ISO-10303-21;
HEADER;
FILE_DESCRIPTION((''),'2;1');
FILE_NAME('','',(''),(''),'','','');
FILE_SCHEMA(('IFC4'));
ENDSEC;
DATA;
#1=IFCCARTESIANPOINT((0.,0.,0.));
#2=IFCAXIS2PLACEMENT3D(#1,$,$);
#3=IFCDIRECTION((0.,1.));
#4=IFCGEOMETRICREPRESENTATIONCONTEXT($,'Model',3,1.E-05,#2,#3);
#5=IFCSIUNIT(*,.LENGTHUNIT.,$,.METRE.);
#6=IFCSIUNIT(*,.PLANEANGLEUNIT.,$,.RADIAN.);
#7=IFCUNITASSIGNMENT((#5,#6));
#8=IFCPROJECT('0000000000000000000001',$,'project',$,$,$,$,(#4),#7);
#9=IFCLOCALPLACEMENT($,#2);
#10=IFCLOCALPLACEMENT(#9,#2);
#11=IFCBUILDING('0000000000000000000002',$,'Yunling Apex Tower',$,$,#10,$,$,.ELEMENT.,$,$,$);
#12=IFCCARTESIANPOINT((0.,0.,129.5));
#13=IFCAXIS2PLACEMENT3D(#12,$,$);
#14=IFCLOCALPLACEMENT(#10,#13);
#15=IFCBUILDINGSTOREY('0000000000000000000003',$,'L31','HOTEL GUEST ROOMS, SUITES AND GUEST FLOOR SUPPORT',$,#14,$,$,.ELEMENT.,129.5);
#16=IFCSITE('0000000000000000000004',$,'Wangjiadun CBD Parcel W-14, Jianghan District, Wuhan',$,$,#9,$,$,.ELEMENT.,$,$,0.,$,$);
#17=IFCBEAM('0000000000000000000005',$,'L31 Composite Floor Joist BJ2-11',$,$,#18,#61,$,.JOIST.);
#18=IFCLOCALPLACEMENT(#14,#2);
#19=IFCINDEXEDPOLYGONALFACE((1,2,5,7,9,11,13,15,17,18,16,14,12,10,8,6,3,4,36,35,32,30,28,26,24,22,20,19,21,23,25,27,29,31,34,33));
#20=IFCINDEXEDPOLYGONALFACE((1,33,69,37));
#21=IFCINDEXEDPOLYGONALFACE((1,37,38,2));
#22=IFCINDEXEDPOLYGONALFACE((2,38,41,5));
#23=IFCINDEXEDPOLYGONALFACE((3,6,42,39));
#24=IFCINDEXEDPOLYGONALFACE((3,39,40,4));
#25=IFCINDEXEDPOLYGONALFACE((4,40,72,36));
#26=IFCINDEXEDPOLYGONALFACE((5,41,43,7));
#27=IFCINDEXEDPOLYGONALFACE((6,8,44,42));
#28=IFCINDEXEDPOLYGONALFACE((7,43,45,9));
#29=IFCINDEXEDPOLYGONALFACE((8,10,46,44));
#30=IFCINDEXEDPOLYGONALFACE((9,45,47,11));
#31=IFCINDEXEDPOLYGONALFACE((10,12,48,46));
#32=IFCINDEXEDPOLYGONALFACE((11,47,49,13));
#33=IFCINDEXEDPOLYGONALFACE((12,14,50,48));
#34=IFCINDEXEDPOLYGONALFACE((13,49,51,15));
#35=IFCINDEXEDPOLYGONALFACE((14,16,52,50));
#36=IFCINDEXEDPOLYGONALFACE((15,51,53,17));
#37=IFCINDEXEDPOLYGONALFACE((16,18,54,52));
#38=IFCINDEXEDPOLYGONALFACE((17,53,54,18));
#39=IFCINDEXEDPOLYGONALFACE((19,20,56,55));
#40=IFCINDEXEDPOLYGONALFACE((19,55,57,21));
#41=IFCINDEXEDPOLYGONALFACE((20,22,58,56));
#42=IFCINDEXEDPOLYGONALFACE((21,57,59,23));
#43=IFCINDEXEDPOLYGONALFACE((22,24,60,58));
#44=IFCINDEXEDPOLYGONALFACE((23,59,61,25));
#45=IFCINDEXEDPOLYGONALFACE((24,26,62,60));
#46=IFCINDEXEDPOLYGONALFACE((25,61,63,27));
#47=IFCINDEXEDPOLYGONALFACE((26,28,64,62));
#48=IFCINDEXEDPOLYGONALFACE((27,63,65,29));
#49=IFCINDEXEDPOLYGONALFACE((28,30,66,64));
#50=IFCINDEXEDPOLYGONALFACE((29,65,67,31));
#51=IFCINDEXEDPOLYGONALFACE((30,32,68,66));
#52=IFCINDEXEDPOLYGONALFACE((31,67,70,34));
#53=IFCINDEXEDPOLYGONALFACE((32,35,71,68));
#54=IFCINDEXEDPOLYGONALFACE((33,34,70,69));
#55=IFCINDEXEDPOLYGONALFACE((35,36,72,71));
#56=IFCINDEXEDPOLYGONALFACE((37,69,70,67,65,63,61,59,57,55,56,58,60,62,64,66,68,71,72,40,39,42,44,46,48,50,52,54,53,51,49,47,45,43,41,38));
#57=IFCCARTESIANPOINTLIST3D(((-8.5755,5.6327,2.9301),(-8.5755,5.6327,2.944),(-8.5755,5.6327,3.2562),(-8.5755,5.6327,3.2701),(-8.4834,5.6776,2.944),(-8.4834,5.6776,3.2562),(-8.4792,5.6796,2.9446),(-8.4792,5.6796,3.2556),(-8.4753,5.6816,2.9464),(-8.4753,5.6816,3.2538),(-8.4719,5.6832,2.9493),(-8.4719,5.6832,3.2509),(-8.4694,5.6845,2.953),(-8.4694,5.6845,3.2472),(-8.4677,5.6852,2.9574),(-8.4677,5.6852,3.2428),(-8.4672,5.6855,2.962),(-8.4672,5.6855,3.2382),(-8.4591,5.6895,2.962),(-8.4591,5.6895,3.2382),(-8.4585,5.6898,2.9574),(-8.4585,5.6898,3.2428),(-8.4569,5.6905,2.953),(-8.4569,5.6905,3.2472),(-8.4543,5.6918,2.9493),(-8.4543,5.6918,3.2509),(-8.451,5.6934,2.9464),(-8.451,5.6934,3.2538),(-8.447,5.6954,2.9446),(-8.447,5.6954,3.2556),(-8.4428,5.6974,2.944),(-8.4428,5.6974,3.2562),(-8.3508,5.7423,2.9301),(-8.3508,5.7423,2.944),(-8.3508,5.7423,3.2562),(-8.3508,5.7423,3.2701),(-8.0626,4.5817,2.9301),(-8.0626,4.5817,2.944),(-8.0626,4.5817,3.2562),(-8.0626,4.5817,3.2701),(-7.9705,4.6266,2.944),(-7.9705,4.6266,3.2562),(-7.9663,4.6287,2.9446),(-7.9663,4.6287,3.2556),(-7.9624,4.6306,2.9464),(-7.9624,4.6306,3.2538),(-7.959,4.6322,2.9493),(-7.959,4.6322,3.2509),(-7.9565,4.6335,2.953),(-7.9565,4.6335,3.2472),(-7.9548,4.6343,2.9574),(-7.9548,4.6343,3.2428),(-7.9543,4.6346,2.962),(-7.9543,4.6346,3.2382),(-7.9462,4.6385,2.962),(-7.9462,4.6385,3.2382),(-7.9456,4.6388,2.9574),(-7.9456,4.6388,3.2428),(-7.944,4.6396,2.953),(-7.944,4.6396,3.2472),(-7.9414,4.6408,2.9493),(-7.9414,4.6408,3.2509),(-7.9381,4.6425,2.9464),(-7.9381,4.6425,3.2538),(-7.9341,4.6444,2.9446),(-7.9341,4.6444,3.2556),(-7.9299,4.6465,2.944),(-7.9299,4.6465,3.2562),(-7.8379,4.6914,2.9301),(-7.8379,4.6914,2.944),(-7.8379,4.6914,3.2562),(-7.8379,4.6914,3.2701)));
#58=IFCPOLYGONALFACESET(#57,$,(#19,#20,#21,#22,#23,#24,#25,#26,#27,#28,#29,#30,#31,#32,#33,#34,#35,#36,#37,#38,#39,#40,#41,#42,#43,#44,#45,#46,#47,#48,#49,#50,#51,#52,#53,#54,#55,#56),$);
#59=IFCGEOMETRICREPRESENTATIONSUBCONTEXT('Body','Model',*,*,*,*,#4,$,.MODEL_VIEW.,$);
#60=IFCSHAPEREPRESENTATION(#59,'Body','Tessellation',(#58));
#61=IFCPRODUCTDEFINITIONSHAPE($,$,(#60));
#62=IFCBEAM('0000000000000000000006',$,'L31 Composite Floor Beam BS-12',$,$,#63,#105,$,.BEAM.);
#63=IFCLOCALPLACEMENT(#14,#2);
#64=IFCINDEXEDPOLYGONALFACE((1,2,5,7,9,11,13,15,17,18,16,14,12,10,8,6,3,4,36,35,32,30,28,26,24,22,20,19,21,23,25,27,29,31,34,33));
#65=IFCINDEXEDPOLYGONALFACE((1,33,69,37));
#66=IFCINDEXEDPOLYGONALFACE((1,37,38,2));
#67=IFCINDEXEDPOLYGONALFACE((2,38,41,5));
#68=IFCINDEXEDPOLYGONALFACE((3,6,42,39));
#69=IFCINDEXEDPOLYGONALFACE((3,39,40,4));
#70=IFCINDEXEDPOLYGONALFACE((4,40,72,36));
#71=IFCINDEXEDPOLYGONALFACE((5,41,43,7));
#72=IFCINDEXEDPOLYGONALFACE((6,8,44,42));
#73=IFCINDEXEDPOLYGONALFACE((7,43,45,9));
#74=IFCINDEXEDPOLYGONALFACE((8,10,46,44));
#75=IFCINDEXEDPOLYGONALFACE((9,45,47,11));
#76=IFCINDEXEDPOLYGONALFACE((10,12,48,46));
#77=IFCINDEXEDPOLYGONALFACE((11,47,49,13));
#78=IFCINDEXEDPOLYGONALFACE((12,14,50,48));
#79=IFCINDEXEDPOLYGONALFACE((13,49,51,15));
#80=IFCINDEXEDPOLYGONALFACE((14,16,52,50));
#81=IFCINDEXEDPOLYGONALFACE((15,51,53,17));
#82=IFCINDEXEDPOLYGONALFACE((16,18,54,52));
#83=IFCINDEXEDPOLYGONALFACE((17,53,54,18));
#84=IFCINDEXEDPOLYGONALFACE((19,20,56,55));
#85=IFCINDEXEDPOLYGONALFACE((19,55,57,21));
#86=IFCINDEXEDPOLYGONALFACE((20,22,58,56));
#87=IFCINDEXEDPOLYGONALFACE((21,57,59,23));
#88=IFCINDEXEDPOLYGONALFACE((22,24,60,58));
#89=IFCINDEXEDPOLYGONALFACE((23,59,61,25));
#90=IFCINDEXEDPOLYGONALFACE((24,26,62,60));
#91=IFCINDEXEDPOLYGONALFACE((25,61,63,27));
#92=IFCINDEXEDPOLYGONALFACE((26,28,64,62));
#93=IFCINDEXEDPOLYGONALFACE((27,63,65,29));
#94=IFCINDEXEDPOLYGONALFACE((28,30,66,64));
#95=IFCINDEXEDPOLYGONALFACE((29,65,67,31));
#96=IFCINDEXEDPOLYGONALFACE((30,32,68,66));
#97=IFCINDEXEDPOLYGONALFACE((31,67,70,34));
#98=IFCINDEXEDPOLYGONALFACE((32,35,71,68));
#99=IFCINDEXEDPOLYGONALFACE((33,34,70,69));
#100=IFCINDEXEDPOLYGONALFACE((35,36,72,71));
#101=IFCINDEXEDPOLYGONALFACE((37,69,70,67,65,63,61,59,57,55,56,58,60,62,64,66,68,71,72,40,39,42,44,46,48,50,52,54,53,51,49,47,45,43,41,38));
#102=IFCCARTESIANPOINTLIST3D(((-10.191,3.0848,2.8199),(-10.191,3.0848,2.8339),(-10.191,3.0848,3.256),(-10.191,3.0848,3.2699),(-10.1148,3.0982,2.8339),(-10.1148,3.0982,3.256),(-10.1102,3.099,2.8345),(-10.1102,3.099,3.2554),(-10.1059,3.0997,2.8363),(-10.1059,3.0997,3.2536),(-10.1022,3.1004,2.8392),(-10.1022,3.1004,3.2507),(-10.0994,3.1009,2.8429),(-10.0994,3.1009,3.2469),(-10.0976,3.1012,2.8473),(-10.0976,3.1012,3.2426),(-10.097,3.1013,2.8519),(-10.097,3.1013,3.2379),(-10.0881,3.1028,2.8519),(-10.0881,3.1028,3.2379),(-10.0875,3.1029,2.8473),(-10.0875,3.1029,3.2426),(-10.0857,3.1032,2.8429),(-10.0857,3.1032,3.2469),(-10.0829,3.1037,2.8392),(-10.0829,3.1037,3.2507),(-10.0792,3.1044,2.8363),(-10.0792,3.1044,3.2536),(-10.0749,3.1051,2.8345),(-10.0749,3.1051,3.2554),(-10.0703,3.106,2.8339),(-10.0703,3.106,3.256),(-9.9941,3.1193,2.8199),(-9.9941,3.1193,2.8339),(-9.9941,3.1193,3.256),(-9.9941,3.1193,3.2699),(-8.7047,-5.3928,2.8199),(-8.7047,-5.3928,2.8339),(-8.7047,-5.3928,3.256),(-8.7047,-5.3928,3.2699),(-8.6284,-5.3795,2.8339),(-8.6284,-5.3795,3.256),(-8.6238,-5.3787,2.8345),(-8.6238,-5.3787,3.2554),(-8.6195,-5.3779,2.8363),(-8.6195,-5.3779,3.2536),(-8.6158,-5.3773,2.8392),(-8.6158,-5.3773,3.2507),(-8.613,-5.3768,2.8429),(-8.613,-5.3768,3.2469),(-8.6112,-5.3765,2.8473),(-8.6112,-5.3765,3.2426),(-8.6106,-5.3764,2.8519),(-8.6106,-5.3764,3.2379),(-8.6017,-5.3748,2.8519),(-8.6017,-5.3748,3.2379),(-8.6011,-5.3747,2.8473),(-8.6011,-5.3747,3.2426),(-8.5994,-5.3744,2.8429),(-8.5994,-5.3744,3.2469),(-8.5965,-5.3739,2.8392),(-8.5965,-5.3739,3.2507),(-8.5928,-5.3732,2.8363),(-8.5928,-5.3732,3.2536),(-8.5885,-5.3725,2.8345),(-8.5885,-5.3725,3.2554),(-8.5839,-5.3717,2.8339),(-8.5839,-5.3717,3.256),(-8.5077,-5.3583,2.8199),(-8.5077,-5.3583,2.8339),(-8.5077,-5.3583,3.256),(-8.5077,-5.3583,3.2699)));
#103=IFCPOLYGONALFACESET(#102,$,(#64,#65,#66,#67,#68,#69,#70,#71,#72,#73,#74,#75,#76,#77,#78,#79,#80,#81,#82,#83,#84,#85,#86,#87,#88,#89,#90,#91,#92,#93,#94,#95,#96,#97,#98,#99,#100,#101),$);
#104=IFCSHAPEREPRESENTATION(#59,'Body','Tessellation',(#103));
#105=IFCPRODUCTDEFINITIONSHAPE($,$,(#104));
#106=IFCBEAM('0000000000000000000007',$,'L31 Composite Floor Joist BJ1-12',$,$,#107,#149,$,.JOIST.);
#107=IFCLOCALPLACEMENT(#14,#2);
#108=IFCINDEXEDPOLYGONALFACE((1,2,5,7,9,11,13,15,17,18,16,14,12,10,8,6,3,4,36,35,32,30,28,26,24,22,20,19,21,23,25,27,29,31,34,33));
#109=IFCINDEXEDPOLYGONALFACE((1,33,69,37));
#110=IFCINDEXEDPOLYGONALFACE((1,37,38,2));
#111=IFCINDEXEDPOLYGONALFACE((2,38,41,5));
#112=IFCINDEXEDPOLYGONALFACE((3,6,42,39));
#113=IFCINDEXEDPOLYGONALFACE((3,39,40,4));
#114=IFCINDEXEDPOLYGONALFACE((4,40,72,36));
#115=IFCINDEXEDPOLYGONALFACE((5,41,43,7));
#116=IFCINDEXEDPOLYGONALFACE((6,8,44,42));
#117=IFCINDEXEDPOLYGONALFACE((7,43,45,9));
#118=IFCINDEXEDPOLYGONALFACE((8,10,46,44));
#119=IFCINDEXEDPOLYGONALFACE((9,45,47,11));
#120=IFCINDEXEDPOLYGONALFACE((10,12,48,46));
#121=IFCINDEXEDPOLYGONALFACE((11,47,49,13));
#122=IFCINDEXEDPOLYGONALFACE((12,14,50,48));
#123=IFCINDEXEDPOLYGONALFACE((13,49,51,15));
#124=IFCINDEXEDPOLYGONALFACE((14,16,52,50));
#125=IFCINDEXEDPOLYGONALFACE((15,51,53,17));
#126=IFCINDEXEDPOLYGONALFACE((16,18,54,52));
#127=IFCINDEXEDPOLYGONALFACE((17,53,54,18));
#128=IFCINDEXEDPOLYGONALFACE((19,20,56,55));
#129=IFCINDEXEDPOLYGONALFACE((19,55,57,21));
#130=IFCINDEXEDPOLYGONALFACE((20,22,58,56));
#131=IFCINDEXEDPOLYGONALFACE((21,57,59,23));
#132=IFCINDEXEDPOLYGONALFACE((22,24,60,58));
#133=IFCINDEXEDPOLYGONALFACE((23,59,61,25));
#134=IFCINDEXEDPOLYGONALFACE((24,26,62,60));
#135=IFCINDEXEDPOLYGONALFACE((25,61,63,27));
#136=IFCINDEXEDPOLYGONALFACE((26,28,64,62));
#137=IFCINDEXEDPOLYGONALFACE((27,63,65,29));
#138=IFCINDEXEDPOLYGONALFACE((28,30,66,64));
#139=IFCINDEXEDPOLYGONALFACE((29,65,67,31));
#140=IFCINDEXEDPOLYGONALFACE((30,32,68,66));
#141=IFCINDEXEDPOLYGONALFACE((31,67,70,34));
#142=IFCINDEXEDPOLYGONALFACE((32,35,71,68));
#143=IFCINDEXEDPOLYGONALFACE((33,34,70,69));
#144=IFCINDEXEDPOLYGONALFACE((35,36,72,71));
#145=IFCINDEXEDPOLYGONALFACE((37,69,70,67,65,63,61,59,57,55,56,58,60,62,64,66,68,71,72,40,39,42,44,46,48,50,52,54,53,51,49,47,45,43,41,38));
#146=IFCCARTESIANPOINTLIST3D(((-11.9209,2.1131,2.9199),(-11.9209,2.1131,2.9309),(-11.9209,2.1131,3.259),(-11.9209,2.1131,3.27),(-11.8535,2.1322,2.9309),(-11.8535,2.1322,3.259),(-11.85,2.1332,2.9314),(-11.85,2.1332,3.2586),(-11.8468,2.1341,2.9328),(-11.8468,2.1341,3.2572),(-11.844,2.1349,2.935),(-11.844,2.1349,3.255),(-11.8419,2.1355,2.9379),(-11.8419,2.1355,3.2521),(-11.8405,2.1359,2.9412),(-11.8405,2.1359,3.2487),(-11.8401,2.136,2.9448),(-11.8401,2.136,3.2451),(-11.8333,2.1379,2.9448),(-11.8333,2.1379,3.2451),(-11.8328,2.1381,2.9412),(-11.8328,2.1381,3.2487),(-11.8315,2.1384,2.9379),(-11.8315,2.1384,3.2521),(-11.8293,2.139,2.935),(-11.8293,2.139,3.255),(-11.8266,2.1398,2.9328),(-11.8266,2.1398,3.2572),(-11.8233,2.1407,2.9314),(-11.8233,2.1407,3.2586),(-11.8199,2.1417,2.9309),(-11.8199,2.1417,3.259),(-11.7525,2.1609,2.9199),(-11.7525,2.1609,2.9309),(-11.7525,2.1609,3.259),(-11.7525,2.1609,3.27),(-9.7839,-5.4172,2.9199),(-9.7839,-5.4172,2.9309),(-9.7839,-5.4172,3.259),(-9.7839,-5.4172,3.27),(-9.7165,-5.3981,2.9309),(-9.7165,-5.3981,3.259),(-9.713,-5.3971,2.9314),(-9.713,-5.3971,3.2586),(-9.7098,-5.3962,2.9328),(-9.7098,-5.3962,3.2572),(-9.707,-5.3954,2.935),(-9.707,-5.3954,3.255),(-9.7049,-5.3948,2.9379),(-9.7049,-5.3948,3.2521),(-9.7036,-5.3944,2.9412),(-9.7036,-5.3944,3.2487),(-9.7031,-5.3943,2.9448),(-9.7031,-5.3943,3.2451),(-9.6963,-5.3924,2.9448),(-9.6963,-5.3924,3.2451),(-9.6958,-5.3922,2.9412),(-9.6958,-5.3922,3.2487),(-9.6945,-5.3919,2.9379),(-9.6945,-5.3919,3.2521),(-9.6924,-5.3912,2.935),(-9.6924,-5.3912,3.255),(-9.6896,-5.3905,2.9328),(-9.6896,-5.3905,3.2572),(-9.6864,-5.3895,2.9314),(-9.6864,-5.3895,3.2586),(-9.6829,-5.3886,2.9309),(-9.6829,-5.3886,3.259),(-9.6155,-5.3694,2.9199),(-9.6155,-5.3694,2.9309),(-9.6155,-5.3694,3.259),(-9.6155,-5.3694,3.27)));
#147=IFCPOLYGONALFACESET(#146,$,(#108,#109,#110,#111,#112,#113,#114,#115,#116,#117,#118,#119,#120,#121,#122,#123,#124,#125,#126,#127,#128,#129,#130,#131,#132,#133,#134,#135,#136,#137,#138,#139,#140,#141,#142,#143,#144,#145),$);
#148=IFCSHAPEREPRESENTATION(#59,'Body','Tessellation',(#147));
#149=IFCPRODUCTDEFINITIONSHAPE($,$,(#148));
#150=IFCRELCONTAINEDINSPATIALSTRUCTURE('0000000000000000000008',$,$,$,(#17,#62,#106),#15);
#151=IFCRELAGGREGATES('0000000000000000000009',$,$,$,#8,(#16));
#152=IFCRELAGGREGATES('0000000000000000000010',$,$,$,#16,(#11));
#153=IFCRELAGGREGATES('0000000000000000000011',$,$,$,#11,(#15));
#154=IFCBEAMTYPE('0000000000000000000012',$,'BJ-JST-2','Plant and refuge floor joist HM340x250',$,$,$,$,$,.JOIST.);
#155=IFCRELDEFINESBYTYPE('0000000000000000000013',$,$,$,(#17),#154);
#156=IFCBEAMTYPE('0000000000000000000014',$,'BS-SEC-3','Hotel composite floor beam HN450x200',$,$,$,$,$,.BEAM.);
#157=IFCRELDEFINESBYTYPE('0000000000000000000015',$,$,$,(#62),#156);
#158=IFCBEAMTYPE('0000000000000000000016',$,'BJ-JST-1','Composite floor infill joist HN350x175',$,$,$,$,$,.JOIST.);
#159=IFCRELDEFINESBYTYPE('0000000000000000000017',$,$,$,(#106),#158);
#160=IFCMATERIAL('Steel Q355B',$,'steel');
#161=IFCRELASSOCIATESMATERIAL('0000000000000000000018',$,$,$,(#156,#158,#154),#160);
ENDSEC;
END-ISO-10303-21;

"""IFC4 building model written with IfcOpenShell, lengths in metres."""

from ifc_helpers import new_model, si_unit, direction, frame, origin, origin_2d, place, context, subcontext, project, spatial, i_section, extrude, source, transform, mapped, material, material_profile, profile_set, type_object, element, save


model = new_model("IFC4")

# Units and contexts
model_context = context("Model", 3, precision=1e-05, world=origin(), true_north=direction((0.0, 1.0)))
body_context = subcontext(model_context, "Body", "Model", "MODEL_VIEW")
ifc_project = project(units=[si_unit("LENGTHUNIT", "METRE"), si_unit("PLANEANGLEUNIT", "RADIAN")], contexts=[model_context])

# Site, building, storey
site_placement = place(None, origin())
site = spatial("IfcSite", under=ifc_project, at=site_placement, Name="Wangjiadun CBD Parcel W-14, Jianghan District, Wuhan", CompositionType="ELEMENT", RefElevation=0.0)
building_placement = place(site_placement, origin())
building = spatial("IfcBuilding", under=site, at=building_placement, Name="Yunling Apex Tower", CompositionType="ELEMENT")
storey_placement = place(building_placement, frame((0.0, 0.0, 129.5)))
storey = spatial("IfcBuildingStorey", under=building, at=storey_placement, Name="L31", Description="HOTEL GUEST ROOMS, SUITES AND GUEST FLOOR SUPPORT", CompositionType="ELEMENT", Elevation=129.5)

# Beams
ifc_material_1 = material(Name="Steel Q355B", Category="steel")
ifc_material_profile_1 = material_profile(ifc_material_1, i_section(OverallWidth=0.2, OverallDepth=0.45, WebThickness=0.009, FlangeThickness=0.0139, FilletRadius=0.0181, at=origin_2d()))
ifc_profile_set_1 = profile_set([ifc_material_profile_1], Name="Steel Q355B")
beam_type_1 = type_object("IfcBeamType", Name="BS-SEC-3", Description="Hotel composite floor beam HN450x200", PredefinedType="BEAM", material=ifc_profile_set_1)
ifc_material_profile_2 = material_profile(ifc_material_1, i_section(OverallWidth=0.175, OverallDepth=0.3501, WebThickness=0.0071, FlangeThickness=0.011, FilletRadius=0.0139, at=origin_2d()))
ifc_profile_set_2 = profile_set([ifc_material_profile_2], Name="Steel Q355B")
beam_type_2 = type_object("IfcBeamType", Name="BJ-JST-1", Description="Composite floor infill joist HN350x175", PredefinedType="JOIST", material=ifc_profile_set_2)
ifc_material_profile_3 = material_profile(ifc_material_1, i_section(OverallWidth=0.25, OverallDepth=0.3401, WebThickness=0.009, FlangeThickness=0.0139, FilletRadius=0.0181, at=origin_2d()))
ifc_profile_set_3 = profile_set([ifc_material_profile_3], Name="Steel Q355B")
beam_type_3 = type_object("IfcBeamType", Name="BJ-JST-2", Description="Plant and refuge floor joist HM340x250", PredefinedType="JOIST", material=ifc_profile_set_3)
shared_shape_1 = source(origin(), body_context, "Body", "SweptSolid", [
    extrude(i_section(OverallWidth=0.25, OverallDepth=0.3401, WebThickness=0.009, FlangeThickness=0.0139, FilletRadius=0.0181, at=origin_2d()), origin(), (0.0, 0.0, 1.0), 1.1694),
])
beam_1_placement = place(storey_placement, frame((-8.4631, 5.6875, 3.1001), z_axis=(0.438592, -0.898686, 0.0), x_axis=(0.898686, 0.438592, 0.0)))
element("IfcBeam", 1, at=beam_1_placement, inside=storey, type_object=beam_type_3, Name="L31 Composite Floor Joist BJ2-11", PredefinedType="JOIST", context=body_context, shape_type="MappedRepresentation", body=[
    mapped(shared_shape_1, transform((0.0, 0.0, 0.0), scale=1.0)),
])
shared_shape_2 = source(origin(), body_context, "Body", "SweptSolid", [
    extrude(i_section(OverallWidth=0.2, OverallDepth=0.45, WebThickness=0.009, FlangeThickness=0.0139, FilletRadius=0.0181, at=origin_2d()), origin(), (0.0, 0.0, 1.0), 8.6069),
])
beam_2_placement = place(storey_placement, frame((-10.0925, 3.1021, 3.0449), z_axis=(0.172691, -0.984976, 0.0), x_axis=(0.984976, 0.172691, 0.0)))
element("IfcBeam", 2, at=beam_2_placement, inside=storey, type_object=beam_type_1, Name="L31 Composite Floor Beam BS-12", PredefinedType="BEAM", context=body_context, shape_type="MappedRepresentation", body=[
    mapped(shared_shape_2, transform((0.0, 0.0, 0.0), scale=1.0)),
])
shared_shape_3 = source(origin(), body_context, "Body", "SweptSolid", [
    extrude(i_section(OverallWidth=0.175, OverallDepth=0.3501, WebThickness=0.0071, FlangeThickness=0.011, FilletRadius=0.0139, at=origin_2d()), origin(), (0.0, 0.0, 1.0), 7.8276),
])
beam_3_placement = place(storey_placement, frame((-11.8367, 2.137, 3.095), z_axis=(0.273003, -0.962013, 0.0), x_axis=(0.962013, 0.273003, 0.0)))
element("IfcBeam", 3, at=beam_3_placement, inside=storey, type_object=beam_type_2, Name="L31 Composite Floor Joist BJ1-12", PredefinedType="JOIST", context=body_context, shape_type="MappedRepresentation", body=[
    mapped(shared_shape_3, transform((0.0, 0.0, 0.0), scale=1.0)),
])

save(model, "model.ifc")
